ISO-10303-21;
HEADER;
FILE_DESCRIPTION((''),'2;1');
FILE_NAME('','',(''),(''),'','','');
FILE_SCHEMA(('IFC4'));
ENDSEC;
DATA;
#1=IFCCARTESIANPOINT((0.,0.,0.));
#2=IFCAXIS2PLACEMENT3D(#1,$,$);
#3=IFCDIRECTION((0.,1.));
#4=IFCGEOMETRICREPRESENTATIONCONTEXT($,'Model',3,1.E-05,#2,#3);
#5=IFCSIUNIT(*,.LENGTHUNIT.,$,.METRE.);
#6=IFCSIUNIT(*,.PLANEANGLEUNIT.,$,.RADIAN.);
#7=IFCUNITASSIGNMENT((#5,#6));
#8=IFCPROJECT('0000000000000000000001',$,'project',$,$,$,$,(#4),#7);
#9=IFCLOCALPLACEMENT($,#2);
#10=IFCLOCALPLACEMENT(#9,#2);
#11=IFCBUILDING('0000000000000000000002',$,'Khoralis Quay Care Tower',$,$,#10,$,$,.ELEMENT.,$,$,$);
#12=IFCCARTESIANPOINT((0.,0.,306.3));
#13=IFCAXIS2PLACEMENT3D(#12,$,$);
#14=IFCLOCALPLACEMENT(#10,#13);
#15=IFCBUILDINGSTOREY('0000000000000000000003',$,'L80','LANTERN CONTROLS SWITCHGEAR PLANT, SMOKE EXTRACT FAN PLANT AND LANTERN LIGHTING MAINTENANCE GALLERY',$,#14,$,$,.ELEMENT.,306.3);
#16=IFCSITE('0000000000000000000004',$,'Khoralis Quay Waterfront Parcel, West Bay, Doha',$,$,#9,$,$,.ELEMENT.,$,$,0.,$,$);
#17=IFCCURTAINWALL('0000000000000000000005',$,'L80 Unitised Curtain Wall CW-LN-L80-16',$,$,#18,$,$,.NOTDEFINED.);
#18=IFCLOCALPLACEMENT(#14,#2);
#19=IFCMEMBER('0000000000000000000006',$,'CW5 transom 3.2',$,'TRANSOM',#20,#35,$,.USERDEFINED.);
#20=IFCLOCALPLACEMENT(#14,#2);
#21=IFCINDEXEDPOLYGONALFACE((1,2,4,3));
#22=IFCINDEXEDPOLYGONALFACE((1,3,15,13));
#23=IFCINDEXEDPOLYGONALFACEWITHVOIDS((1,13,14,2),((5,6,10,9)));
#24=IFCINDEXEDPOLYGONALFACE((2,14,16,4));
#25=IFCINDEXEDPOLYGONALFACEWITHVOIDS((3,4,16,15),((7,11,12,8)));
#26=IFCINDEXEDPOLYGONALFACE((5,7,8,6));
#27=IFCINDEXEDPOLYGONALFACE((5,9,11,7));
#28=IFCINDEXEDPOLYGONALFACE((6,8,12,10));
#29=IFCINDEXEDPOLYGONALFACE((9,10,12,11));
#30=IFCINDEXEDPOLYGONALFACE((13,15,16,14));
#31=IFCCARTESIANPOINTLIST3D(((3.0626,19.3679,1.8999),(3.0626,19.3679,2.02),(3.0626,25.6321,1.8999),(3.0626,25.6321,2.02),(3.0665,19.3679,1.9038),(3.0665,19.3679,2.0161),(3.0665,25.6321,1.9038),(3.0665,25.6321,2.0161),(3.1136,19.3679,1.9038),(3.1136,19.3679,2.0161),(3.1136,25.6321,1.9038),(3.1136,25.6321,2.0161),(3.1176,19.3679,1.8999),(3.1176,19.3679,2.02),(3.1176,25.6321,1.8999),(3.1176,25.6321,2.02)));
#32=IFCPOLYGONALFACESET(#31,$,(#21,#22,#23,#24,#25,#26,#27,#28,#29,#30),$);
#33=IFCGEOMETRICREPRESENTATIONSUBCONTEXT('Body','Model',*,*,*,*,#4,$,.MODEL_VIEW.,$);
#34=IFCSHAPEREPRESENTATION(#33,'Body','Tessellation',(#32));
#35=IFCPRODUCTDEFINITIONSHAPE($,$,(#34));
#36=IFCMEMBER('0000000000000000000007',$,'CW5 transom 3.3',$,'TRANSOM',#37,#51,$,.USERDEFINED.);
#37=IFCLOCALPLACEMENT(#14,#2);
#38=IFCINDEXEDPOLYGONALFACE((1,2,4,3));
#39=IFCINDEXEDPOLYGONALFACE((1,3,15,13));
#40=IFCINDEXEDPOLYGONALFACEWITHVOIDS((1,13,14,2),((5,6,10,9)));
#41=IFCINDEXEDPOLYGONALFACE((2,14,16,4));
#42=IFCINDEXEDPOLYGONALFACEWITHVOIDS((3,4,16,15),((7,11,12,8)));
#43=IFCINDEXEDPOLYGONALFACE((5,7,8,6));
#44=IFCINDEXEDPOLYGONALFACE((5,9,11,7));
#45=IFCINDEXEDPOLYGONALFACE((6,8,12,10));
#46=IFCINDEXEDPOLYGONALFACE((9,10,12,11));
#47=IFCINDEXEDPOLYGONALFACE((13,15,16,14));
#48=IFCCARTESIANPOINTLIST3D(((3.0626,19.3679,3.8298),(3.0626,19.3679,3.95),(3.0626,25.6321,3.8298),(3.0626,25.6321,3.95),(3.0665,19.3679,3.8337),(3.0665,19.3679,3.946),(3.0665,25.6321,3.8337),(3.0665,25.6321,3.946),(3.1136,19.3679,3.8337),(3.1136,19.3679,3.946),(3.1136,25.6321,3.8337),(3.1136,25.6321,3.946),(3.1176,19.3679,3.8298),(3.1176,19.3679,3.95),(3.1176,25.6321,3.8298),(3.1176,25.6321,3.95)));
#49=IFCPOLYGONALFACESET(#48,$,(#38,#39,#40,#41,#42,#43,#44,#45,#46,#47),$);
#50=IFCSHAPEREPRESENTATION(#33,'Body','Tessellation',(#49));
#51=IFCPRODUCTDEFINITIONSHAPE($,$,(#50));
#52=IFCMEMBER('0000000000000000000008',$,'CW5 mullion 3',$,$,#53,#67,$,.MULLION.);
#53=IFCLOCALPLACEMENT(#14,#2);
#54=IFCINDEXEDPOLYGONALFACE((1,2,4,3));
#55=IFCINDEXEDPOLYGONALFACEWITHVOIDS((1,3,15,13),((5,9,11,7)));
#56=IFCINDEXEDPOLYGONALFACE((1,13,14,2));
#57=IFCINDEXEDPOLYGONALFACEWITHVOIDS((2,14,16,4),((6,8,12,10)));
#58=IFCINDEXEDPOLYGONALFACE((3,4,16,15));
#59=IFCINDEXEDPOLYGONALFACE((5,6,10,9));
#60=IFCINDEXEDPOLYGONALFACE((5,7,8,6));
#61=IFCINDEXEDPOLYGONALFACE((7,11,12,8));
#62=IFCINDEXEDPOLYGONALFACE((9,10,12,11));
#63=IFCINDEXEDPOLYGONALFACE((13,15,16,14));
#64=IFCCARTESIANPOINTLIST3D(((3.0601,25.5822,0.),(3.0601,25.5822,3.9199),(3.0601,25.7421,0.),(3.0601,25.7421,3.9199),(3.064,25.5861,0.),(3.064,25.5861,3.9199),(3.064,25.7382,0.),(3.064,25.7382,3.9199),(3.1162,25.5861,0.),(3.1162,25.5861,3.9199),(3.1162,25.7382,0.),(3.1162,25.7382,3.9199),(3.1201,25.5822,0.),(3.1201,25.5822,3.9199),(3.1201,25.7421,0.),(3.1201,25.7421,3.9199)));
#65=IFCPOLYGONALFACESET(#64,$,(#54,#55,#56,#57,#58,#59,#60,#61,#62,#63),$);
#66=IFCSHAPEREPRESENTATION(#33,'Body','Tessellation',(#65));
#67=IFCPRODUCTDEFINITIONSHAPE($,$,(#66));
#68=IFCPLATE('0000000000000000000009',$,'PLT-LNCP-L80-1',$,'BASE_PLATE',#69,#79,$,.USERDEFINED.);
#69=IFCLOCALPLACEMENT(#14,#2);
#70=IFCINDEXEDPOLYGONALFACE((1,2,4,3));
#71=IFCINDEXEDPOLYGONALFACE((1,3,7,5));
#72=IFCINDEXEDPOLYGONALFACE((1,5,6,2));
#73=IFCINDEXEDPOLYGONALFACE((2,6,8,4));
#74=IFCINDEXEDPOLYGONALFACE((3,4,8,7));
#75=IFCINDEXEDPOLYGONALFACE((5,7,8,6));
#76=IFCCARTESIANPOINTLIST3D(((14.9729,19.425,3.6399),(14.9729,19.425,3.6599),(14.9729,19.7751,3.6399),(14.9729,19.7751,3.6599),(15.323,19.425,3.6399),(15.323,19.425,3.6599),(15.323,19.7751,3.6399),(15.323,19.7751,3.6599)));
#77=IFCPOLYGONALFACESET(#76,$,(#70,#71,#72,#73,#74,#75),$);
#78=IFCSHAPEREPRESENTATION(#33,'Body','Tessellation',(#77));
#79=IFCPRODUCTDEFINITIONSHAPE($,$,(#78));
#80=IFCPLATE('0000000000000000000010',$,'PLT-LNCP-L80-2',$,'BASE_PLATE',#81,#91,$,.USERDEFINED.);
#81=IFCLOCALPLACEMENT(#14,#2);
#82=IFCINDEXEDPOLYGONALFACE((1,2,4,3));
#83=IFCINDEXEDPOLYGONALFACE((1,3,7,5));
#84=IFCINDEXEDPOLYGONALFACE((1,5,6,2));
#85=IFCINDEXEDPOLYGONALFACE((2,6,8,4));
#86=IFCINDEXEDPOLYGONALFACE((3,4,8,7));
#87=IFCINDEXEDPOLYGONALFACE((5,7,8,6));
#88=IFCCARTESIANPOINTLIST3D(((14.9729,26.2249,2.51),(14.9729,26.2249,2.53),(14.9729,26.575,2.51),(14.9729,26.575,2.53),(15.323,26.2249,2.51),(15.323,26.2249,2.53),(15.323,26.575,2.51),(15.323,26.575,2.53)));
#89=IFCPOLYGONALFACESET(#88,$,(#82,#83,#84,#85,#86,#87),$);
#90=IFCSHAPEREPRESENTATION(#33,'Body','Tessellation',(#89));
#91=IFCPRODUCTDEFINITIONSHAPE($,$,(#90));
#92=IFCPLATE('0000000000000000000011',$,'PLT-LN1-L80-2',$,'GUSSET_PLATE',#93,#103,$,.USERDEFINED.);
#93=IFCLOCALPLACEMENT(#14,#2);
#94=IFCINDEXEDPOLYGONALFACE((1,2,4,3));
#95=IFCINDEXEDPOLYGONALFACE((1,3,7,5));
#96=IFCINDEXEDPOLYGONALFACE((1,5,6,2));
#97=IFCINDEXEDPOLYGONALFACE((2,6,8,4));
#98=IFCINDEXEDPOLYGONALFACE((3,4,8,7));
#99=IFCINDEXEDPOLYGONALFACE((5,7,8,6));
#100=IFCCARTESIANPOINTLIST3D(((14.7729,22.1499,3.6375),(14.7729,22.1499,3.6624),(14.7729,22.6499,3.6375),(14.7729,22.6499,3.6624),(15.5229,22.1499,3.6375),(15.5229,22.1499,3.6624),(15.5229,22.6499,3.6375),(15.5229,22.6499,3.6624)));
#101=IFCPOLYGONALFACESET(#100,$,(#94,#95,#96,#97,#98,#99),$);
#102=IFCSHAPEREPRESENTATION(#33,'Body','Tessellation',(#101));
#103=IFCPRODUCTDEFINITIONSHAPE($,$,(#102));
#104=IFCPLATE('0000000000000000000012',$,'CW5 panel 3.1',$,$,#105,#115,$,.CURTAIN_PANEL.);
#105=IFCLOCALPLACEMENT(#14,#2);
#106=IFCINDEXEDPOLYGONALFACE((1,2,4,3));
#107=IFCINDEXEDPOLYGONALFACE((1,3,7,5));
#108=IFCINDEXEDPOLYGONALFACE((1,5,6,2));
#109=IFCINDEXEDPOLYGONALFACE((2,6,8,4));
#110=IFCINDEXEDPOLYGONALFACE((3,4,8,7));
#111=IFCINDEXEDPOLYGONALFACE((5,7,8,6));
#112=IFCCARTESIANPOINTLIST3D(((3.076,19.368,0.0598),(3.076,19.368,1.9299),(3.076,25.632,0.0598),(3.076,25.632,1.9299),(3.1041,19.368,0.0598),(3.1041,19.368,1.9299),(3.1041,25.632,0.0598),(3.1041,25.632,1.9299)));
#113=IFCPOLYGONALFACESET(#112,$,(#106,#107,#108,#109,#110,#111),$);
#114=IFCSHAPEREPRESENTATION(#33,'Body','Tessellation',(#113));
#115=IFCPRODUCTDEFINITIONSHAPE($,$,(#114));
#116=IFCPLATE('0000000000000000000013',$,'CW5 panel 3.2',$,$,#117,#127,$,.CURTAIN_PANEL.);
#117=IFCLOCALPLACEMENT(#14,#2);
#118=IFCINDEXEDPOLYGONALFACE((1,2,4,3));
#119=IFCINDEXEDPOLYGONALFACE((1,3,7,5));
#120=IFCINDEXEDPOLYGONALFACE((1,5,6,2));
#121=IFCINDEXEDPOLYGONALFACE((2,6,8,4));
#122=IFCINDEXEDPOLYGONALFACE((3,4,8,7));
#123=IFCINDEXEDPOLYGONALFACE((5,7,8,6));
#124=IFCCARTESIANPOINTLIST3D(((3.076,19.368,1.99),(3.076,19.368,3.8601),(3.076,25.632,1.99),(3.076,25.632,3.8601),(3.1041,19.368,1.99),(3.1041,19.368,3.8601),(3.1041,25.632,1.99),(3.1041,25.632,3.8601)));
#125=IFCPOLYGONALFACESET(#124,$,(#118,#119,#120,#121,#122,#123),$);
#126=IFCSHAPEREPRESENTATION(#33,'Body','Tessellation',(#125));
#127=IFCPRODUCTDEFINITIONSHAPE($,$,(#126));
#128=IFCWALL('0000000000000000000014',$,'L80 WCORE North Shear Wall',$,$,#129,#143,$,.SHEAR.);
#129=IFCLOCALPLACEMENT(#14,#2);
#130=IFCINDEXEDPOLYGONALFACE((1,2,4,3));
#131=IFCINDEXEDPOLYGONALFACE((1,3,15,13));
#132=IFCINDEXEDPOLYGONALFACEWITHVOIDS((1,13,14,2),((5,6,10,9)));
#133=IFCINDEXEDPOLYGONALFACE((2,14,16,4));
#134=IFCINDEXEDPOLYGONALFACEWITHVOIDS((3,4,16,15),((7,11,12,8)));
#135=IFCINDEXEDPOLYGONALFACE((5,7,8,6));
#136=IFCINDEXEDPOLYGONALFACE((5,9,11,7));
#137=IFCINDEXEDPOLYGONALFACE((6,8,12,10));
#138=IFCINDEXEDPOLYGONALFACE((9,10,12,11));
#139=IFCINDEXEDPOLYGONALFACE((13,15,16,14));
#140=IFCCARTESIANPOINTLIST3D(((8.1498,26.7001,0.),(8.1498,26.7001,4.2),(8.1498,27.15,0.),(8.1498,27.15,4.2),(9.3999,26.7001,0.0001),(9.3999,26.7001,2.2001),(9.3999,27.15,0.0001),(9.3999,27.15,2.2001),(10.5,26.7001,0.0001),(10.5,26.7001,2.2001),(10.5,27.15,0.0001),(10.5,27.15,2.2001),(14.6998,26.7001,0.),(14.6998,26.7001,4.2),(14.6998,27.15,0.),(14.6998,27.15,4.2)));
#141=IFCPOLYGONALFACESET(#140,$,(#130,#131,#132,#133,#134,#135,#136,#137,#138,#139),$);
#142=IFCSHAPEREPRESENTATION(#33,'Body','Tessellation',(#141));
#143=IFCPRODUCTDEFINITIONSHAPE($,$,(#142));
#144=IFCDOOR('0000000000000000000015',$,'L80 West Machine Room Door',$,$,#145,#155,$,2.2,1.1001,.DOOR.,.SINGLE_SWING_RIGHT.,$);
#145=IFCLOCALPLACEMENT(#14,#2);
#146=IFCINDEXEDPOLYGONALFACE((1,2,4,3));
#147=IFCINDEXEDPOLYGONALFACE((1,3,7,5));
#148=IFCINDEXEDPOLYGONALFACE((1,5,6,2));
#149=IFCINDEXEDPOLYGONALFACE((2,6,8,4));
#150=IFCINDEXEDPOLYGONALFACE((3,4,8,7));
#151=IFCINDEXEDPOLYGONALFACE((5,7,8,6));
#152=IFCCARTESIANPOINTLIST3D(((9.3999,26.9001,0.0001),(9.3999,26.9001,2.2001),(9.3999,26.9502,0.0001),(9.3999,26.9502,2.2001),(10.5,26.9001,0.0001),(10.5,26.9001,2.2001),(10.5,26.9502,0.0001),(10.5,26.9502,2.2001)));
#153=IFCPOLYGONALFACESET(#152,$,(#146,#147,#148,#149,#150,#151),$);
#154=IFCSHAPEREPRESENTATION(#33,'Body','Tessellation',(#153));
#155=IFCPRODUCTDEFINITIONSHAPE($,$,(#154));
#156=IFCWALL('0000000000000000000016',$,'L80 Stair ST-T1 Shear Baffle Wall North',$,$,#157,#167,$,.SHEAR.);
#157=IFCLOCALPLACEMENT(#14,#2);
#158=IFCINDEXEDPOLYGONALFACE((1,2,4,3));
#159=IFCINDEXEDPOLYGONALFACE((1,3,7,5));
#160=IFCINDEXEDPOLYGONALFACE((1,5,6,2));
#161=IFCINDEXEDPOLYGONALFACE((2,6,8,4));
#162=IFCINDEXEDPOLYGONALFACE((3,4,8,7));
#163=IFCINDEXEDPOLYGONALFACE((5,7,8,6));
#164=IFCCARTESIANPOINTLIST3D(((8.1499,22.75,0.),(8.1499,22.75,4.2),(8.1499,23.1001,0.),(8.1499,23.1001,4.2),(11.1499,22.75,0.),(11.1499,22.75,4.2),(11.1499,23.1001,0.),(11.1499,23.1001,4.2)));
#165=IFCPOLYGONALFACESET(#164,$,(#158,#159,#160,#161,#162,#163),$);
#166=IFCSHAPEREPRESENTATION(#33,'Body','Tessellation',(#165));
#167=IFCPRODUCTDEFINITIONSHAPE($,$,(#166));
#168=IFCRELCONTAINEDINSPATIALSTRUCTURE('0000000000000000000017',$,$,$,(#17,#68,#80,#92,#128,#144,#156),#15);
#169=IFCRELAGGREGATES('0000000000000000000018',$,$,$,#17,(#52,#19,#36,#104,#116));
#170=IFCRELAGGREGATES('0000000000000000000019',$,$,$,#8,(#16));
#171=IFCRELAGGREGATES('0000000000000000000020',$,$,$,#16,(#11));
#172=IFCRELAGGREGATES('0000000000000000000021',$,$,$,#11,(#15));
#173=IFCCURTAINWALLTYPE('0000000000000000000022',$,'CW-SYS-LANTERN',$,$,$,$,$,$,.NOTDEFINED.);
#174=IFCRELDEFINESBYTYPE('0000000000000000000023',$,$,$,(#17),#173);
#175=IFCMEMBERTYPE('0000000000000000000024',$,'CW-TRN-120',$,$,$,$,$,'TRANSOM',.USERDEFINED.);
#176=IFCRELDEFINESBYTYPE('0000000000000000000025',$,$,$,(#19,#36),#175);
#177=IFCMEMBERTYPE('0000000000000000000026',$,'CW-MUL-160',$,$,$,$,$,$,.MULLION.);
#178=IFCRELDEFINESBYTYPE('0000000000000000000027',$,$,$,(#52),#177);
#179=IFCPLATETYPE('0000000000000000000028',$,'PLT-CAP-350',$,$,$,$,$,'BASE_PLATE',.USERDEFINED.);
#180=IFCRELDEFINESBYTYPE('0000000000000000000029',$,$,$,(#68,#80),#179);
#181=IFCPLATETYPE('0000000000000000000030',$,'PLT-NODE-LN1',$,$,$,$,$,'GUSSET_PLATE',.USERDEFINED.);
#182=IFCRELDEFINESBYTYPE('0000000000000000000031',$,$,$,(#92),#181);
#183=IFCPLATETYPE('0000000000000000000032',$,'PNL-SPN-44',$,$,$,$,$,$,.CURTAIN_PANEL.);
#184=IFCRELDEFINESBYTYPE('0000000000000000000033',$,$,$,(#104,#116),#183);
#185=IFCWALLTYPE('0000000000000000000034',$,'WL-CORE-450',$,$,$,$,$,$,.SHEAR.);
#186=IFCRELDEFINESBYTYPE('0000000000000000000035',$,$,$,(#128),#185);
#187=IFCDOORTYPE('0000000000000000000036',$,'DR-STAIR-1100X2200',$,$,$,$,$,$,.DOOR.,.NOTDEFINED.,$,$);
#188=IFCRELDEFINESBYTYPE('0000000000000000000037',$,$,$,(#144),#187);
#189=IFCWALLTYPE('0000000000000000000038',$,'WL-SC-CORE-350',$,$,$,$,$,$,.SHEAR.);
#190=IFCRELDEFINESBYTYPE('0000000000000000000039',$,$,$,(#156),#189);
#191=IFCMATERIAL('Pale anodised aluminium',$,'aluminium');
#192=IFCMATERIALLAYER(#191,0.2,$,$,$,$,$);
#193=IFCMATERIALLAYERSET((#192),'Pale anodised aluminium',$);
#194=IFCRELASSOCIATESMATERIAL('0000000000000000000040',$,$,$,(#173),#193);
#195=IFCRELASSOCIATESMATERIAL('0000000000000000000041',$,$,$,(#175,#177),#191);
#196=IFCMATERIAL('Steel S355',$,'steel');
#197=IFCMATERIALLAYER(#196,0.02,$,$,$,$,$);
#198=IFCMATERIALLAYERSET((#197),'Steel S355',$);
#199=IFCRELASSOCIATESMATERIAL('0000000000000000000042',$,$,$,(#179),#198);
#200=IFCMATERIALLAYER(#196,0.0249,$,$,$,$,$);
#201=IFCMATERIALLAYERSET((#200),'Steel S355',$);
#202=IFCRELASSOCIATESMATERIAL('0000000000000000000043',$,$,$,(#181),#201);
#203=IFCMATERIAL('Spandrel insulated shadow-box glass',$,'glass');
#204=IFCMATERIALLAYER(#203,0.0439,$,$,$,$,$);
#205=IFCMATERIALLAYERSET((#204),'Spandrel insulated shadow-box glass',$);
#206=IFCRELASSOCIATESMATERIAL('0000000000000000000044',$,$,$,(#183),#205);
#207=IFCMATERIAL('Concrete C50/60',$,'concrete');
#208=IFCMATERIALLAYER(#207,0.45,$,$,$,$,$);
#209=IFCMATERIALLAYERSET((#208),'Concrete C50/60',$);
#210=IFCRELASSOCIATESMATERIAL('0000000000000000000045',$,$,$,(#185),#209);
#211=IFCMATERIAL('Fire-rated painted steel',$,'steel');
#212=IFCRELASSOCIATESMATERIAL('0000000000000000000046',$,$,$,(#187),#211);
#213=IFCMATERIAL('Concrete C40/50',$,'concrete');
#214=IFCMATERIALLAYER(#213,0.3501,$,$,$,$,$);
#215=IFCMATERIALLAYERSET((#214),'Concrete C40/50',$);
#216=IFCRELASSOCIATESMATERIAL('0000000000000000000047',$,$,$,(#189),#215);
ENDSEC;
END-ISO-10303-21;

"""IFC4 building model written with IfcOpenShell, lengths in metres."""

from ifc_helpers import new_model, si_unit, direction, frame, frame_2d, origin, origin_2d, place, context, subcontext, project, spatial, rectangle, hollow_rectangle, extrude, source, transform, mapped, material, layer, layer_set, material_profile, profile_set, type_object, element, fill, aggregate, save


model = new_model("IFC4")

# Units and contexts
model_context = context("Model", 3, precision=1e-05, world=origin(), true_north=direction((0.0, 1.0)))
body_context = subcontext(model_context, "Body", "Model", "MODEL_VIEW")
ifc_project = project(units=[si_unit("LENGTHUNIT", "METRE"), si_unit("PLANEANGLEUNIT", "RADIAN")], contexts=[model_context])

# Site, building, storey
site_placement = place(None, origin())
site = spatial("IfcSite", under=ifc_project, at=site_placement, Name="Khoralis Quay Waterfront Parcel, West Bay, Doha", CompositionType="ELEMENT", RefElevation=0.0)
building_placement = place(site_placement, origin())
building = spatial("IfcBuilding", under=site, at=building_placement, Name="Khoralis Quay Care Tower", CompositionType="ELEMENT")
storey_placement = place(building_placement, frame((0.0, 0.0, 306.3)))
storey = spatial("IfcBuildingStorey", under=building, at=storey_placement, Name="L80", Description="LANTERN CONTROLS SWITCHGEAR PLANT, SMOKE EXTRACT FAN PLANT AND LANTERN LIGHTING MAINTENANCE GALLERY", CompositionType="ELEMENT", Elevation=306.3)

# Shared definitions
ifc_material_1 = material(Name="Steel S355", Category="steel")

# Shared definitions
ifc_material_2 = material(Name="Concrete C50/60", Category="concrete")

# Curtain wall, members
ifc_material_3 = material(Name="Pale anodised aluminium", Category="aluminium")
ifc_layer_1 = layer(ifc_material_3, 0.2)
ifc_layer_set_1 = layer_set([ifc_layer_1], Name="Pale anodised aluminium")
curtain_wall_type = type_object("IfcCurtainWallType", Name="CW-SYS-LANTERN", PredefinedType="NOTDEFINED", material=ifc_layer_set_1)
curtain_wall_placement = place(storey_placement, origin())
curtain_wall = element("IfcCurtainWall", 1, at=curtain_wall_placement, inside=storey, type_object=curtain_wall_type, Name="L80 Unitised Curtain Wall CW-LN-L80-16", PredefinedType="NOTDEFINED")
ifc_material_profile_1 = material_profile(ifc_material_3, hollow_rectangle(XDim=0.0549, YDim=0.1201, WallThickness=0.0039, at=origin_2d()), Name="Pale anodised aluminium")
ifc_profile_set_1 = profile_set([ifc_material_profile_1], Name="Pale anodised aluminium")
member_type_1 = type_object("IfcMemberType", Name="CW-TRN-120", ElementType="TRANSOM", PredefinedType="USERDEFINED", material=ifc_profile_set_1)
shared_shape_1 = source(origin(), body_context, "Body", "SweptSolid", [
    extrude(hollow_rectangle(XDim=0.0549, YDim=0.1201, WallThickness=0.0039, at=origin_2d()), origin(), (0.0, 0.0, 1.0), 6.2642),
])
member_1_placement = place(storey_placement, frame((3.0901, 25.6321, 1.96), z_axis=(0.0, -1.0, 0.0), x_axis=(1.0, 0.0, 0.0)))
member_1 = element("IfcMember", 2, at=member_1_placement, type_object=member_type_1, Name="CW5 transom 3.2", ObjectType="TRANSOM", PredefinedType="USERDEFINED", context=body_context, shape_type="MappedRepresentation", body=[
    mapped(shared_shape_1, transform((0.0, 0.0, 0.0), scale=1.0)),
])
member_2_placement = place(storey_placement, frame((3.0901, 25.6321, 3.8899), z_axis=(0.0, -1.0, 0.0), x_axis=(1.0, 0.0, 0.0)))
member_2 = element("IfcMember", 3, at=member_2_placement, type_object=member_type_1, Name="CW5 transom 3.3", ObjectType="TRANSOM", PredefinedType="USERDEFINED", context=body_context, shape_type="MappedRepresentation", body=[
    mapped(shared_shape_1, transform((0.0, 0.0, 0.0), scale=1.0)),
])
ifc_material_profile_2 = material_profile(ifc_material_3, hollow_rectangle(XDim=0.0601, YDim=0.1599, WallThickness=0.0039, at=origin_2d()), Name="Pale anodised aluminium")
ifc_profile_set_2 = profile_set([ifc_material_profile_2], Name="Pale anodised aluminium")
member_type_2 = type_object("IfcMemberType", Name="CW-MUL-160", PredefinedType="MULLION", material=ifc_profile_set_2)
shared_shape_2 = source(origin(), body_context, "Body", "SweptSolid", [
    extrude(hollow_rectangle(XDim=0.0601, YDim=0.1599, WallThickness=0.0039, at=origin_2d()), origin(), (0.0, 0.0, 1.0), 3.9199),
])
member_3_placement = place(storey_placement, frame((3.0901, 25.6621, 0.0), z_axis=(0.0, 0.0, 1.0), x_axis=(1.0, 0.0, 0.0)))
member_3 = element("IfcMember", 4, at=member_3_placement, type_object=member_type_2, Name="CW5 mullion 3", PredefinedType="MULLION", context=body_context, shape_type="MappedRepresentation", body=[
    mapped(shared_shape_2, transform((0.0, 0.0, 0.0), scale=1.0)),
])

# Plates
ifc_layer_2 = layer(ifc_material_1, 0.02)
ifc_layer_set_2 = layer_set([ifc_layer_2], Name="Steel S355")
plate_type_1 = type_object("IfcPlateType", Name="PLT-CAP-350", ElementType="BASE_PLATE", PredefinedType="USERDEFINED", material=ifc_layer_set_2)
shared_shape_3 = source(origin(), body_context, "Body", "SweptSolid", [
    extrude(rectangle(XDim=0.3501, YDim=0.3501, at=origin_2d()), origin(), (0.0, 0.0, 1.0), 0.02),
])
for number, where, z_axis, x_axis, name in (
    (5, (15.1479, 19.6001, 3.6399), (0.0, 0.0, 1.0), (1.0, 0.0, 0.0), "PLT-LNCP-L80-1"),
    (6, (15.1479, 26.3999, 2.51), (0.0, 0.0, 1.0), (1.0, 0.0, 0.0), "PLT-LNCP-L80-2"),
):
    element("IfcPlate", number, at=place(storey_placement, frame(where, z_axis=z_axis, x_axis=x_axis)), inside=storey, type_object=plate_type_1, Name=name, ObjectType="BASE_PLATE", PredefinedType="USERDEFINED", context=body_context, shape_type="MappedRepresentation", body=[
        mapped(shared_shape_3, transform((0.0, 0.0, 0.0), scale=1.0)),
    ])
ifc_layer_3 = layer(ifc_material_1, 0.0249)
ifc_layer_set_3 = layer_set([ifc_layer_3], Name="Steel S355")
plate_type_2 = type_object("IfcPlateType", Name="PLT-NODE-LN1", ElementType="GUSSET_PLATE", PredefinedType="USERDEFINED", material=ifc_layer_set_3)
shared_shape_4 = source(origin(), body_context, "Body", "SweptSolid", [
    extrude(rectangle(XDim=0.75, YDim=0.5, at=origin_2d()), origin(), (0.0, 0.0, 1.0), 0.0249),
])
plate_1_placement = place(storey_placement, frame((15.1479, 22.3999, 3.6375), z_axis=(0.0, 0.0, 1.0), x_axis=(1.0, 0.0, 0.0)))
element("IfcPlate", 7, at=plate_1_placement, inside=storey, type_object=plate_type_2, Name="PLT-LN1-L80-2", ObjectType="GUSSET_PLATE", PredefinedType="USERDEFINED", context=body_context, shape_type="MappedRepresentation", body=[
    mapped(shared_shape_4, transform((0.0, 0.0, 0.0), scale=1.0)),
])

# Plates
ifc_material_4 = material(Name="Spandrel insulated shadow-box glass", Category="glass")
ifc_layer_4 = layer(ifc_material_4, 0.0439)
ifc_layer_set_4 = layer_set([ifc_layer_4], Name="Spandrel insulated shadow-box glass")
plate_type_3 = type_object("IfcPlateType", Name="PNL-SPN-44", PredefinedType="CURTAIN_PANEL", material=ifc_layer_set_4)
shared_shape_5 = source(origin(), body_context, "Body", "SweptSolid", [
    extrude(rectangle(XDim=6.2639, YDim=0.0281, at=origin_2d()), origin(), (0.0, 0.0, 1.0), 1.8701),
])
plate_2_placement = place(storey_placement, frame((3.0901, 22.5, 0.0598), z_axis=(0.0, 0.0, 1.0), x_axis=(0.0, -1.0, 0.0)))
plate_2 = element("IfcPlate", 8, at=plate_2_placement, type_object=plate_type_3, Name="CW5 panel 3.1", PredefinedType="CURTAIN_PANEL", context=body_context, shape_type="MappedRepresentation", body=[
    mapped(shared_shape_5, transform((0.0, 0.0, 0.0), scale=1.0)),
])
plate_3_placement = place(storey_placement, frame((3.0901, 22.5, 1.99), z_axis=(0.0, 0.0, 1.0), x_axis=(0.0, -1.0, 0.0)))
plate_3 = element("IfcPlate", 9, at=plate_3_placement, type_object=plate_type_3, Name="CW5 panel 3.2", PredefinedType="CURTAIN_PANEL", context=body_context, shape_type="MappedRepresentation", body=[
    mapped(shared_shape_5, transform((0.0, 0.0, 0.0), scale=1.0)),
])
aggregate(curtain_wall, [member_3, member_1, member_2, plate_2, plate_3])

# Wall, opening, door
ifc_layer_5 = layer(ifc_material_2, 0.45)
ifc_layer_set_5 = layer_set([ifc_layer_5], Name="Concrete C50/60")
wall_type_1 = type_object("IfcWallType", Name="WL-CORE-450", PredefinedType="SHEAR", material=ifc_layer_set_5)
wall_1_placement = place(storey_placement, frame((8.1499, 26.925, 0.0), z_axis=(0.0, 0.0, 1.0), x_axis=(1.0, 0.0, 0.0)))
wall_1 = element("IfcWall", 10, at=wall_1_placement, inside=storey, type_object=wall_type_1, Name="L80 WCORE North Shear Wall", PredefinedType="SHEAR", context=body_context, shape_type="SweptSolid", body=[
    extrude(rectangle(XDim=6.55, YDim=0.45, at=frame_2d((3.2749, 0.0))), origin(), (0.0, 0.0, 1.0), 4.2),
])
opening_placement = place(wall_1_placement, frame((1.25, 0.0, 0.0)))
opening = element("IfcOpeningElement", 11, at=opening_placement, cuts=wall_1, PredefinedType="OPENING", context=body_context, shape_type="SweptSolid", body=[
    extrude(rectangle(XDim=1.1001, YDim=2.2, at=frame_2d((0.55, 1.1001))), frame((0.0, 0.2349, 0.0), z_axis=(0.0, -1.0, 0.0), x_axis=(1.0, 0.0, 0.0)), (0.0, 0.0, 1.0), 0.47),
])
ifc_material_5 = material(Name="Fire-rated painted steel", Category="steel")
door_type = type_object("IfcDoorType", Name="DR-STAIR-1100X2200", OperationType="NOTDEFINED", PredefinedType="DOOR", material=ifc_material_5)
shared_shape_6 = source(origin(), body_context, "Body", "SweptSolid", [
    extrude(rectangle(XDim=1.1001, YDim=2.2, at=frame_2d((0.55, 1.1001))), frame((0.0, 0.0249, 0.0), z_axis=(0.0, -1.0, 0.0), x_axis=(1.0, 0.0, 0.0)), (0.0, 0.0, 1.0), 0.05),
])
door_placement = place(opening_placement, frame((1.1001, 0.0, 0.0), z_axis=(0.0, 0.0, 1.0), x_axis=(-1.0, 0.0, 0.0)))
door = element("IfcDoor", 12, at=door_placement, inside=storey, type_object=door_type, Name="L80 West Machine Room Door", OperationType="SINGLE_SWING_RIGHT", OverallHeight=2.2, OverallWidth=1.1001, PredefinedType="DOOR", context=body_context, shape_type="MappedRepresentation", body=[
    mapped(shared_shape_6, transform((0.0, 0.0, 0.0), scale=1.0)),
])
fill(opening, door)

# Wall
ifc_material_6 = material(Name="Concrete C40/50", Category="concrete")
ifc_layer_6 = layer(ifc_material_6, 0.3501)
ifc_layer_set_6 = layer_set([ifc_layer_6], Name="Concrete C40/50")
wall_type_2 = type_object("IfcWallType", Name="WL-SC-CORE-350", PredefinedType="SHEAR", material=ifc_layer_set_6)
wall_2_placement = place(storey_placement, frame((8.1499, 22.925, 0.0), z_axis=(0.0, 0.0, 1.0), x_axis=(1.0, 0.0, 0.0)))
element("IfcWall", 13, at=wall_2_placement, inside=storey, type_object=wall_type_2, Name="L80 Stair ST-T1 Shear Baffle Wall North", PredefinedType="SHEAR", context=body_context, shape_type="SweptSolid", body=[
    extrude(rectangle(XDim=3.0, YDim=0.3501, at=frame_2d((1.5, 0.0))), origin(), (0.0, 0.0, 1.0), 4.2),
])

save(model, "model.ifc")
